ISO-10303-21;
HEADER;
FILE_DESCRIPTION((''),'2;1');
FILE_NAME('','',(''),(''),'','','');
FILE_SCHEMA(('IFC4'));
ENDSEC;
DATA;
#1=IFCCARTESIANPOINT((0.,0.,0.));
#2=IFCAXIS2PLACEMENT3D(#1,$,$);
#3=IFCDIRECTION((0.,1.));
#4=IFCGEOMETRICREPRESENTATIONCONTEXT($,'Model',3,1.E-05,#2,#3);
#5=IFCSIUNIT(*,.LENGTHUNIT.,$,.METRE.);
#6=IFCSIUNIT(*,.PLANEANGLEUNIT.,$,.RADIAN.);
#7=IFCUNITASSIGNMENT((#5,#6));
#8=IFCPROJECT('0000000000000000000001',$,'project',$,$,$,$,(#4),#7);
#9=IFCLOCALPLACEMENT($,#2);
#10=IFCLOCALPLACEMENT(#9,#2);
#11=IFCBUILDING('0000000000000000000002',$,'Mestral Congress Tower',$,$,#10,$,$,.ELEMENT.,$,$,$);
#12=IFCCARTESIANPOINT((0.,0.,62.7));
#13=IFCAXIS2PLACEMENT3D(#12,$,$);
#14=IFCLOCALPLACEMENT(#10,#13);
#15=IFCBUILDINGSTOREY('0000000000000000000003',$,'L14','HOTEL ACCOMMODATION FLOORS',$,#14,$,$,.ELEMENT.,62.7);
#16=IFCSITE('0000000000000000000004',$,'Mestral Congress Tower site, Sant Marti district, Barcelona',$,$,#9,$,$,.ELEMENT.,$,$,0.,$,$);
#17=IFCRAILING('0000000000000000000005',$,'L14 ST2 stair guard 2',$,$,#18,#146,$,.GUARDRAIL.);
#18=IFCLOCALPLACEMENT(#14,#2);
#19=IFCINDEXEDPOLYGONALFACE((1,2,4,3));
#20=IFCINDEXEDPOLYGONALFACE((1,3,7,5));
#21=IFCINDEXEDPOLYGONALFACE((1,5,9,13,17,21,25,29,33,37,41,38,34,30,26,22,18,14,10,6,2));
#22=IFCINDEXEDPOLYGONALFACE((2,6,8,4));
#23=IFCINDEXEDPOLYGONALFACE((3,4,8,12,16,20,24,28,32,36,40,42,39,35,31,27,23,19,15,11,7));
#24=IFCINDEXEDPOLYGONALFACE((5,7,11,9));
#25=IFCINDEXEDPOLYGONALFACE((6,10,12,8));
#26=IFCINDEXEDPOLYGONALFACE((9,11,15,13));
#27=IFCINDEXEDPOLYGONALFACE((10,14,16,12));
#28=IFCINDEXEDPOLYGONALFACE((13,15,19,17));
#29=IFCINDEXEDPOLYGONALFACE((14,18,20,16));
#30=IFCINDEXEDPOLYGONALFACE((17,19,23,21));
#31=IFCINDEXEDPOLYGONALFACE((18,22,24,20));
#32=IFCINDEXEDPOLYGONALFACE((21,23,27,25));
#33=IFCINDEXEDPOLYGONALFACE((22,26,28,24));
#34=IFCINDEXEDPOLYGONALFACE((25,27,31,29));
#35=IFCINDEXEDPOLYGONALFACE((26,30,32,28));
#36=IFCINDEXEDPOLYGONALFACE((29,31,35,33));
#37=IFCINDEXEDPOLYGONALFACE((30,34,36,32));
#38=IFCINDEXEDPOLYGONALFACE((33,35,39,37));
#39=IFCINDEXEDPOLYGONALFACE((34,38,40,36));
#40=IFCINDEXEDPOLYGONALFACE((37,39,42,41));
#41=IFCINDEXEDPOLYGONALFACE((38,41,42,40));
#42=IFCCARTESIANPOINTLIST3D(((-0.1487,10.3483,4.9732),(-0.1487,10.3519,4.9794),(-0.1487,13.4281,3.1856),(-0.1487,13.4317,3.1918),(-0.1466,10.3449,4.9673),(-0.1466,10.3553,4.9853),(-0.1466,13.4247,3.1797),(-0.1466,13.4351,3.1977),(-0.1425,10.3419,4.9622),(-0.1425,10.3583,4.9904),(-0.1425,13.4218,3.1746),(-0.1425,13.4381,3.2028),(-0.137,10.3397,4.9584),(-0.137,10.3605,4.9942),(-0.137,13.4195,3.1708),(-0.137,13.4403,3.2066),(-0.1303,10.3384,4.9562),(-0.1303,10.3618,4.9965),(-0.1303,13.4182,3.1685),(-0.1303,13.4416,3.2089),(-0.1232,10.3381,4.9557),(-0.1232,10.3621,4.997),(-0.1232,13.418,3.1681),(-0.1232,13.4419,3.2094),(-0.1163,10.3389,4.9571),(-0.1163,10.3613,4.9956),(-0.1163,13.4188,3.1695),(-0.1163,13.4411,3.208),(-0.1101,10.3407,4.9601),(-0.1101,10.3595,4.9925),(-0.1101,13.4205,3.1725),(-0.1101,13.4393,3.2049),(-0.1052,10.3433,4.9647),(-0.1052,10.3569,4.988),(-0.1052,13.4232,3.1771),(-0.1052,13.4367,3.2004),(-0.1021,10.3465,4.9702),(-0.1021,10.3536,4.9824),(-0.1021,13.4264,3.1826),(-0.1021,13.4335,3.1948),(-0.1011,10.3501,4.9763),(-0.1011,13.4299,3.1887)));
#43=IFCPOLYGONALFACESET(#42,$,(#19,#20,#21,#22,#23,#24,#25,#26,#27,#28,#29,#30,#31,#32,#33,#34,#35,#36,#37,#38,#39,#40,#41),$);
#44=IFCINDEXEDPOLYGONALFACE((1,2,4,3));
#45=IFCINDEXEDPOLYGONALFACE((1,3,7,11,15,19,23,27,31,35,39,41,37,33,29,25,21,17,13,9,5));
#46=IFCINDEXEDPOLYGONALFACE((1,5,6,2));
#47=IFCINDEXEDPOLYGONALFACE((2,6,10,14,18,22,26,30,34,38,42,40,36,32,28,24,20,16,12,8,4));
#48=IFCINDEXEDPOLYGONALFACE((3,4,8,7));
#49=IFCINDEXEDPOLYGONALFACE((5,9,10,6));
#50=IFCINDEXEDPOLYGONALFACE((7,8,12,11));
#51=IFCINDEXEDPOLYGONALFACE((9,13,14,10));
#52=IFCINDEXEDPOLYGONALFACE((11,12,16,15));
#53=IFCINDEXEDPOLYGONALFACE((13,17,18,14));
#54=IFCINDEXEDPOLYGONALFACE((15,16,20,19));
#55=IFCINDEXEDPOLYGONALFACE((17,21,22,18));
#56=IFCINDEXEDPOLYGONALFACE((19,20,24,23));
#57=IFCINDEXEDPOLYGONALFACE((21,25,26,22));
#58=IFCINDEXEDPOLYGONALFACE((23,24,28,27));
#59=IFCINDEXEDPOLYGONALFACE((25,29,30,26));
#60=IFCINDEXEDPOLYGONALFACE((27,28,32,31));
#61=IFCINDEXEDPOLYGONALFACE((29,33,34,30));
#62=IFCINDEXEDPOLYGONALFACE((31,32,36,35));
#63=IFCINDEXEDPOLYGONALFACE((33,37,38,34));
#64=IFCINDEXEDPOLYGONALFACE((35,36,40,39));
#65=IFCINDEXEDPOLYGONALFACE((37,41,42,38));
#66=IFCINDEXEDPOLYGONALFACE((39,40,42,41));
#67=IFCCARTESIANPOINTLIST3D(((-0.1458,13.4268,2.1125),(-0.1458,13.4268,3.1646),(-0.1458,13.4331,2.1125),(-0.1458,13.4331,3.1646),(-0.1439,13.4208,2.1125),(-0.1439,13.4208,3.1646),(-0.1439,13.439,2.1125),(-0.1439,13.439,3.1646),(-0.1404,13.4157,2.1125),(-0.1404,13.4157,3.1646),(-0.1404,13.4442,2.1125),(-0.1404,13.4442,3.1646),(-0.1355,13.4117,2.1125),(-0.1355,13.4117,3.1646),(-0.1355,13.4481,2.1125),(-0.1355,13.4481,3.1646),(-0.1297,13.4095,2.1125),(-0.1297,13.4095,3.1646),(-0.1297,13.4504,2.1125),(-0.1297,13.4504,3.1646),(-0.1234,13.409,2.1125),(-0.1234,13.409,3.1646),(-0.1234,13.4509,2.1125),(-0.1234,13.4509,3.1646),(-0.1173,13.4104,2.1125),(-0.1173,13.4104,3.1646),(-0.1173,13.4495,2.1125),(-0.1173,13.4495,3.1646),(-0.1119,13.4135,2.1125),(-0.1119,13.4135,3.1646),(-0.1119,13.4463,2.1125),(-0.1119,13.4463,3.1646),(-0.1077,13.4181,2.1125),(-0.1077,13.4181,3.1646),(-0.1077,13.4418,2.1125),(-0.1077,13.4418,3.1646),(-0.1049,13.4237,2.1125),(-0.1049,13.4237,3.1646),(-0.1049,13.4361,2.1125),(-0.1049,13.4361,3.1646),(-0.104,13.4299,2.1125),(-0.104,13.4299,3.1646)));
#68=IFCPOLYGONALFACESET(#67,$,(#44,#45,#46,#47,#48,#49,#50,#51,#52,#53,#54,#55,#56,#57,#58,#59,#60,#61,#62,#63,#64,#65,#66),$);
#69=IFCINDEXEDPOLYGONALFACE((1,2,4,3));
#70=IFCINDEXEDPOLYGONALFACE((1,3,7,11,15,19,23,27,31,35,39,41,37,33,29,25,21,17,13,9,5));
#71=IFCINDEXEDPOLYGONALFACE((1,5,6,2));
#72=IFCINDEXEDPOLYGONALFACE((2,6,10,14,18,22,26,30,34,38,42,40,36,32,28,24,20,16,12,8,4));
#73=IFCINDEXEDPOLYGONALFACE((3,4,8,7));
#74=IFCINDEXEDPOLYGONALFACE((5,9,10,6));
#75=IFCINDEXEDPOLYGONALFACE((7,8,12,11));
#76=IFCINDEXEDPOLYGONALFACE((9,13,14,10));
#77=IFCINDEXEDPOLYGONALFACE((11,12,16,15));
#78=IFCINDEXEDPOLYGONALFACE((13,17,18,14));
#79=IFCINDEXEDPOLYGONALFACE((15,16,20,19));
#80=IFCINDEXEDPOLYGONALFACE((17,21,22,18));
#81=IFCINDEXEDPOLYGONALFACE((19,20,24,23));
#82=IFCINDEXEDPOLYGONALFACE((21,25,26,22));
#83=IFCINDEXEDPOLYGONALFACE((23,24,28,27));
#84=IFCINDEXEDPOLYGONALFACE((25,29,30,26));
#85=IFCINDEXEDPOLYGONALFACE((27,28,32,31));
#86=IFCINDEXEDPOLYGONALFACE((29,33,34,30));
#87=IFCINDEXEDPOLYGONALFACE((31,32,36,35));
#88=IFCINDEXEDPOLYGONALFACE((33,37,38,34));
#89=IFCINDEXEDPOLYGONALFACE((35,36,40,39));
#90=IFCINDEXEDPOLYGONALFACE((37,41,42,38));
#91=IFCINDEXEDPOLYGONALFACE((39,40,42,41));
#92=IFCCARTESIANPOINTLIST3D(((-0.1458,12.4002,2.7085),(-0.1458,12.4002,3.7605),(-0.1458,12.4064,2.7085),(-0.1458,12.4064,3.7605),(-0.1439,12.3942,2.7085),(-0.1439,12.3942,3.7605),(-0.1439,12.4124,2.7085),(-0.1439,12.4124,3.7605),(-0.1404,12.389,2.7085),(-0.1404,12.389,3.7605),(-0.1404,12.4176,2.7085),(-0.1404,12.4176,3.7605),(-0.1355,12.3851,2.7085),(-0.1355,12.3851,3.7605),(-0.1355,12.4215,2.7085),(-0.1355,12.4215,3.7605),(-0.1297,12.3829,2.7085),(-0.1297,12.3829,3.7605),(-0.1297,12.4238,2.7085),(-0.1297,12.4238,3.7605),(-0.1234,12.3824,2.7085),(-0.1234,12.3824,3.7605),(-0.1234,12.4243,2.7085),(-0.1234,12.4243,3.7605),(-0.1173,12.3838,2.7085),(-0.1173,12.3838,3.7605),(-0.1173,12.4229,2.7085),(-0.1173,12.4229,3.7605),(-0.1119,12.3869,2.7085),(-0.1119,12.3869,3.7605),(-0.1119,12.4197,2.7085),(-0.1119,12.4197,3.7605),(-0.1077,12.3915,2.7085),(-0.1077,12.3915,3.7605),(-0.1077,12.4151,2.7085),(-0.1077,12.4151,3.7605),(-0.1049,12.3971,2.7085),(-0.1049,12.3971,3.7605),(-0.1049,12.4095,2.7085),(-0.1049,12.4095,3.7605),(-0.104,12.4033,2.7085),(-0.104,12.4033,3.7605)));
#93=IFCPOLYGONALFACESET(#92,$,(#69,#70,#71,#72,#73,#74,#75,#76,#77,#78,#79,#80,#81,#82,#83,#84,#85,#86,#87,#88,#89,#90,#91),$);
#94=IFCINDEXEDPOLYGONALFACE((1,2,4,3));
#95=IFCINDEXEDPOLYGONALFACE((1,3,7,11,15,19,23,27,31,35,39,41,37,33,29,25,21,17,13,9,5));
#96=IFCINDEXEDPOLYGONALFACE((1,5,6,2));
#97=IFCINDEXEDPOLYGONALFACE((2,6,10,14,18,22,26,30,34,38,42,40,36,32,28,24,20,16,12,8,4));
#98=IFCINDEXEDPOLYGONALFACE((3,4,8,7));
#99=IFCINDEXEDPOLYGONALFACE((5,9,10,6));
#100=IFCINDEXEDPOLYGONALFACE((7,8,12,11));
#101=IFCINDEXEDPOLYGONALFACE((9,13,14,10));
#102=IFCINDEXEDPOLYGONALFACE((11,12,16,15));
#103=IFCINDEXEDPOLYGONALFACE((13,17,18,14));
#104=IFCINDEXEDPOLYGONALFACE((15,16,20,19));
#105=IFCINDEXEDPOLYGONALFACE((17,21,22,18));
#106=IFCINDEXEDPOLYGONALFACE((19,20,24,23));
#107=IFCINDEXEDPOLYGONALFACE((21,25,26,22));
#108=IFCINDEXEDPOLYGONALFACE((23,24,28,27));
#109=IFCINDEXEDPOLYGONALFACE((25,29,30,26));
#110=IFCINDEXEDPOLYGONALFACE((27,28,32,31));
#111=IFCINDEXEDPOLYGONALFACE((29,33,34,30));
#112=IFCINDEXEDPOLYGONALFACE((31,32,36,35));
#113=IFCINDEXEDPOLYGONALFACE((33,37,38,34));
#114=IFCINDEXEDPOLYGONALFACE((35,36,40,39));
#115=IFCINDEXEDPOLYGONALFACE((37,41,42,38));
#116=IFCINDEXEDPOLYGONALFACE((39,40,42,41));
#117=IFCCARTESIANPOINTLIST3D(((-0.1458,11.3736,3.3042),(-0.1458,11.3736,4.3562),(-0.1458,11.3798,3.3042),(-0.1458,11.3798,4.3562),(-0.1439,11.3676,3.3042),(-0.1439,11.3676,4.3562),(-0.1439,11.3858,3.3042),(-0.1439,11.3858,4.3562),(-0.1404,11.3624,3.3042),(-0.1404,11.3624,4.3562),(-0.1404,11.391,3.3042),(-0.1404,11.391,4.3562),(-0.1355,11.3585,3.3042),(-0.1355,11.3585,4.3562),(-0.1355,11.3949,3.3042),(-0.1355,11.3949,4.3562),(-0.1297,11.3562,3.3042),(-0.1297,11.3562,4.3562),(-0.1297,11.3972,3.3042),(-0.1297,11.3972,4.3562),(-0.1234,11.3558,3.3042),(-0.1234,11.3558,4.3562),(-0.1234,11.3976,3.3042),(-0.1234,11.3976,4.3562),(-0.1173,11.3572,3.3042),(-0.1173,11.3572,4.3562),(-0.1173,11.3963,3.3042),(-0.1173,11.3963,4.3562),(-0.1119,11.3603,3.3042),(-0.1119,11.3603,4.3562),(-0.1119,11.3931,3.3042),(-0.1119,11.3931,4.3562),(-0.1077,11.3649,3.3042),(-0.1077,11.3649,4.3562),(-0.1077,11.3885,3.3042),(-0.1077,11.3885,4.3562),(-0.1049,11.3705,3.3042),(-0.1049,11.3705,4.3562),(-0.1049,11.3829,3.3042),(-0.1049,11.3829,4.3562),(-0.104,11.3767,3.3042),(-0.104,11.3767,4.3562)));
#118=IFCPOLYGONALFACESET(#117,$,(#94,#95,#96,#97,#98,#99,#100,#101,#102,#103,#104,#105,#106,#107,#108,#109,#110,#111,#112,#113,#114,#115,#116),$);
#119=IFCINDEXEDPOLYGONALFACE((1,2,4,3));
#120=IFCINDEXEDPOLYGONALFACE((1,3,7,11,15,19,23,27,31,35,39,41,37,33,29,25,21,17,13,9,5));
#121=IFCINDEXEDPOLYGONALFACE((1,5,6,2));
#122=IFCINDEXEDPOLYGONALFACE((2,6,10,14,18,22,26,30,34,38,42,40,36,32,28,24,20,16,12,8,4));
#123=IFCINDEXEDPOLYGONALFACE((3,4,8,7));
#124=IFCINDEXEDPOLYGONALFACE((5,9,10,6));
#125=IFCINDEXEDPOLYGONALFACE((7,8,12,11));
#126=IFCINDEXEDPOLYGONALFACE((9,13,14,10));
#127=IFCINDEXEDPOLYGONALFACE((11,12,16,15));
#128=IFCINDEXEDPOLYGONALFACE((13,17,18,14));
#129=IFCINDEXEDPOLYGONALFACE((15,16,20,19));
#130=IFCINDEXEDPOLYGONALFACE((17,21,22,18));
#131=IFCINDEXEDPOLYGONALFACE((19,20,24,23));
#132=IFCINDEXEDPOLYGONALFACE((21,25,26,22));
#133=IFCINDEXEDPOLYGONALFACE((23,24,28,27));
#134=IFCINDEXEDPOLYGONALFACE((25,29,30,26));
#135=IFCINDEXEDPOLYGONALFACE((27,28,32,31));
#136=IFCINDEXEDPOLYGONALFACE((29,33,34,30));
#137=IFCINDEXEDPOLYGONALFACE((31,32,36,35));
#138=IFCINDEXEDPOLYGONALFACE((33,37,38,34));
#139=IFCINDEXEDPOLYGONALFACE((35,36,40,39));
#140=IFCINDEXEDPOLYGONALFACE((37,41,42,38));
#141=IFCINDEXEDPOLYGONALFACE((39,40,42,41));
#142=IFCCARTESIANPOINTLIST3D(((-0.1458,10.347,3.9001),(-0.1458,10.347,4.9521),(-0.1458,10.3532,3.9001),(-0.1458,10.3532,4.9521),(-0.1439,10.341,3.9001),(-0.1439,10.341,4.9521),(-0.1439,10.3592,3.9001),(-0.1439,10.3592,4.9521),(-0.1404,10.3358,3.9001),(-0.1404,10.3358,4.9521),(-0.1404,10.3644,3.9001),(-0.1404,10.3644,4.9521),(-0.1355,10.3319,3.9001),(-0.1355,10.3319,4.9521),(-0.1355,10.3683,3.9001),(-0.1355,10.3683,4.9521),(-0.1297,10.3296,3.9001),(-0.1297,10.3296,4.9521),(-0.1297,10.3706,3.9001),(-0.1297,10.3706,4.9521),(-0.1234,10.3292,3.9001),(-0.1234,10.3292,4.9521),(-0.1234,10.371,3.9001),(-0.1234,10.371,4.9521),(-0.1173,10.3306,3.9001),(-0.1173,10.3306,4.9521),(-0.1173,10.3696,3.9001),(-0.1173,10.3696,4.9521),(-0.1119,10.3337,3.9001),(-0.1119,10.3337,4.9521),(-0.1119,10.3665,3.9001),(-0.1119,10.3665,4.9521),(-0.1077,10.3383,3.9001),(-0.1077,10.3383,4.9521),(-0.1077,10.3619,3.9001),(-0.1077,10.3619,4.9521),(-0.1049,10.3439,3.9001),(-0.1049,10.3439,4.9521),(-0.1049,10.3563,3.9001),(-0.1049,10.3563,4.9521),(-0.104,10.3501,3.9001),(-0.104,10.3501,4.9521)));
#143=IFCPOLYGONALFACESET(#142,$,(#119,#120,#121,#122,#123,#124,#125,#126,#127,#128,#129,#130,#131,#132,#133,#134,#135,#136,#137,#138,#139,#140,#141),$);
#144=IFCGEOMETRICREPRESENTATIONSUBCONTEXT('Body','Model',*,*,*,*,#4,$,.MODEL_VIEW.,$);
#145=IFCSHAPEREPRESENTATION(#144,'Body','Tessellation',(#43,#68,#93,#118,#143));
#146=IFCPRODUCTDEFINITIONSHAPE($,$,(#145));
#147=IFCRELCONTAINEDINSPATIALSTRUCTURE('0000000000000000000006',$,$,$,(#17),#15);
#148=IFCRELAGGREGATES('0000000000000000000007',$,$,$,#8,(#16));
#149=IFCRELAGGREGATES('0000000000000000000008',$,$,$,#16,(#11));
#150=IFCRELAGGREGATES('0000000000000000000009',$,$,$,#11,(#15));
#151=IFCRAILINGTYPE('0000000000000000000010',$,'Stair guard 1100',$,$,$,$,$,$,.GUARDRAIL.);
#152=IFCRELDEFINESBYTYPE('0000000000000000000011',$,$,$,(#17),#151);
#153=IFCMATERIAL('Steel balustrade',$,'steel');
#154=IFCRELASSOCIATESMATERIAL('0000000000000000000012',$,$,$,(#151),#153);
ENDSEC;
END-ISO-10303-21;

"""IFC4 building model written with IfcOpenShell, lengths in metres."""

from ifc_helpers import new_model, si_unit, direction, frame, origin, origin_2d, place, context, subcontext, project, spatial, circle, extrude, material, type_object, element, save


model = new_model("IFC4")

# Units and contexts
model_context = context("Model", 3, precision=1e-05, world=origin(), true_north=direction((0.0, 1.0)))
body_context = subcontext(model_context, "Body", "Model", "MODEL_VIEW")
ifc_project = project(units=[si_unit("LENGTHUNIT", "METRE"), si_unit("PLANEANGLEUNIT", "RADIAN")], contexts=[model_context])

# Site, building, storey
site_placement = place(None, origin())
site = spatial("IfcSite", under=ifc_project, at=site_placement, Name="Mestral Congress Tower site, Sant Marti district, Barcelona", CompositionType="ELEMENT", RefElevation=0.0)
building_placement = place(site_placement, origin())
building = spatial("IfcBuilding", under=site, at=building_placement, Name="Mestral Congress Tower", CompositionType="ELEMENT")
storey_placement = place(building_placement, frame((0.0, 0.0, 62.7)))
storey = spatial("IfcBuildingStorey", under=building, at=storey_placement, Name="L14", Description="HOTEL ACCOMMODATION FLOORS", CompositionType="ELEMENT", Elevation=62.7)

# Railing
ifc_material_1 = material(Name="Steel balustrade", Category="steel")
railing_type = type_object("IfcRailingType", Name="Stair guard 1100", PredefinedType="GUARDRAIL", material=ifc_material_1)
railing_placement = place(storey_placement, frame((-0.125, 13.4299, 2.1125)))
element("IfcRailing", 1, at=railing_placement, inside=storey, type_object=railing_type, Name="L14 ST2 stair guard 2", PredefinedType="GUARDRAIL", context=body_context, shape_type="SweptSolid", body=[
    extrude(circle(Radius=0.0239, at=origin_2d()), frame((0.0, 0.0, 1.0762), z_axis=(0.0, -0.864873, 0.50199), x_axis=(1.0, 0.0, 0.0)), (0.0, 0.0, 1.0), 3.561),
    extrude(circle(Radius=0.021, at=origin_2d()), origin(), (0.0, 0.0, 1.0), 1.052),
    extrude(circle(Radius=0.021, at=origin_2d()), frame((0.0, -1.0266, 0.5959)), (0.0, 0.0, 1.0), 1.052),
    extrude(circle(Radius=0.021, at=origin_2d()), frame((0.0, -2.0532, 1.1917)), (0.0, 0.0, 1.0), 1.052),
    extrude(circle(Radius=0.021, at=origin_2d()), frame((0.0, -3.0798, 1.7876)), (0.0, 0.0, 1.0), 1.052),
])

save(model, "model.ifc")
